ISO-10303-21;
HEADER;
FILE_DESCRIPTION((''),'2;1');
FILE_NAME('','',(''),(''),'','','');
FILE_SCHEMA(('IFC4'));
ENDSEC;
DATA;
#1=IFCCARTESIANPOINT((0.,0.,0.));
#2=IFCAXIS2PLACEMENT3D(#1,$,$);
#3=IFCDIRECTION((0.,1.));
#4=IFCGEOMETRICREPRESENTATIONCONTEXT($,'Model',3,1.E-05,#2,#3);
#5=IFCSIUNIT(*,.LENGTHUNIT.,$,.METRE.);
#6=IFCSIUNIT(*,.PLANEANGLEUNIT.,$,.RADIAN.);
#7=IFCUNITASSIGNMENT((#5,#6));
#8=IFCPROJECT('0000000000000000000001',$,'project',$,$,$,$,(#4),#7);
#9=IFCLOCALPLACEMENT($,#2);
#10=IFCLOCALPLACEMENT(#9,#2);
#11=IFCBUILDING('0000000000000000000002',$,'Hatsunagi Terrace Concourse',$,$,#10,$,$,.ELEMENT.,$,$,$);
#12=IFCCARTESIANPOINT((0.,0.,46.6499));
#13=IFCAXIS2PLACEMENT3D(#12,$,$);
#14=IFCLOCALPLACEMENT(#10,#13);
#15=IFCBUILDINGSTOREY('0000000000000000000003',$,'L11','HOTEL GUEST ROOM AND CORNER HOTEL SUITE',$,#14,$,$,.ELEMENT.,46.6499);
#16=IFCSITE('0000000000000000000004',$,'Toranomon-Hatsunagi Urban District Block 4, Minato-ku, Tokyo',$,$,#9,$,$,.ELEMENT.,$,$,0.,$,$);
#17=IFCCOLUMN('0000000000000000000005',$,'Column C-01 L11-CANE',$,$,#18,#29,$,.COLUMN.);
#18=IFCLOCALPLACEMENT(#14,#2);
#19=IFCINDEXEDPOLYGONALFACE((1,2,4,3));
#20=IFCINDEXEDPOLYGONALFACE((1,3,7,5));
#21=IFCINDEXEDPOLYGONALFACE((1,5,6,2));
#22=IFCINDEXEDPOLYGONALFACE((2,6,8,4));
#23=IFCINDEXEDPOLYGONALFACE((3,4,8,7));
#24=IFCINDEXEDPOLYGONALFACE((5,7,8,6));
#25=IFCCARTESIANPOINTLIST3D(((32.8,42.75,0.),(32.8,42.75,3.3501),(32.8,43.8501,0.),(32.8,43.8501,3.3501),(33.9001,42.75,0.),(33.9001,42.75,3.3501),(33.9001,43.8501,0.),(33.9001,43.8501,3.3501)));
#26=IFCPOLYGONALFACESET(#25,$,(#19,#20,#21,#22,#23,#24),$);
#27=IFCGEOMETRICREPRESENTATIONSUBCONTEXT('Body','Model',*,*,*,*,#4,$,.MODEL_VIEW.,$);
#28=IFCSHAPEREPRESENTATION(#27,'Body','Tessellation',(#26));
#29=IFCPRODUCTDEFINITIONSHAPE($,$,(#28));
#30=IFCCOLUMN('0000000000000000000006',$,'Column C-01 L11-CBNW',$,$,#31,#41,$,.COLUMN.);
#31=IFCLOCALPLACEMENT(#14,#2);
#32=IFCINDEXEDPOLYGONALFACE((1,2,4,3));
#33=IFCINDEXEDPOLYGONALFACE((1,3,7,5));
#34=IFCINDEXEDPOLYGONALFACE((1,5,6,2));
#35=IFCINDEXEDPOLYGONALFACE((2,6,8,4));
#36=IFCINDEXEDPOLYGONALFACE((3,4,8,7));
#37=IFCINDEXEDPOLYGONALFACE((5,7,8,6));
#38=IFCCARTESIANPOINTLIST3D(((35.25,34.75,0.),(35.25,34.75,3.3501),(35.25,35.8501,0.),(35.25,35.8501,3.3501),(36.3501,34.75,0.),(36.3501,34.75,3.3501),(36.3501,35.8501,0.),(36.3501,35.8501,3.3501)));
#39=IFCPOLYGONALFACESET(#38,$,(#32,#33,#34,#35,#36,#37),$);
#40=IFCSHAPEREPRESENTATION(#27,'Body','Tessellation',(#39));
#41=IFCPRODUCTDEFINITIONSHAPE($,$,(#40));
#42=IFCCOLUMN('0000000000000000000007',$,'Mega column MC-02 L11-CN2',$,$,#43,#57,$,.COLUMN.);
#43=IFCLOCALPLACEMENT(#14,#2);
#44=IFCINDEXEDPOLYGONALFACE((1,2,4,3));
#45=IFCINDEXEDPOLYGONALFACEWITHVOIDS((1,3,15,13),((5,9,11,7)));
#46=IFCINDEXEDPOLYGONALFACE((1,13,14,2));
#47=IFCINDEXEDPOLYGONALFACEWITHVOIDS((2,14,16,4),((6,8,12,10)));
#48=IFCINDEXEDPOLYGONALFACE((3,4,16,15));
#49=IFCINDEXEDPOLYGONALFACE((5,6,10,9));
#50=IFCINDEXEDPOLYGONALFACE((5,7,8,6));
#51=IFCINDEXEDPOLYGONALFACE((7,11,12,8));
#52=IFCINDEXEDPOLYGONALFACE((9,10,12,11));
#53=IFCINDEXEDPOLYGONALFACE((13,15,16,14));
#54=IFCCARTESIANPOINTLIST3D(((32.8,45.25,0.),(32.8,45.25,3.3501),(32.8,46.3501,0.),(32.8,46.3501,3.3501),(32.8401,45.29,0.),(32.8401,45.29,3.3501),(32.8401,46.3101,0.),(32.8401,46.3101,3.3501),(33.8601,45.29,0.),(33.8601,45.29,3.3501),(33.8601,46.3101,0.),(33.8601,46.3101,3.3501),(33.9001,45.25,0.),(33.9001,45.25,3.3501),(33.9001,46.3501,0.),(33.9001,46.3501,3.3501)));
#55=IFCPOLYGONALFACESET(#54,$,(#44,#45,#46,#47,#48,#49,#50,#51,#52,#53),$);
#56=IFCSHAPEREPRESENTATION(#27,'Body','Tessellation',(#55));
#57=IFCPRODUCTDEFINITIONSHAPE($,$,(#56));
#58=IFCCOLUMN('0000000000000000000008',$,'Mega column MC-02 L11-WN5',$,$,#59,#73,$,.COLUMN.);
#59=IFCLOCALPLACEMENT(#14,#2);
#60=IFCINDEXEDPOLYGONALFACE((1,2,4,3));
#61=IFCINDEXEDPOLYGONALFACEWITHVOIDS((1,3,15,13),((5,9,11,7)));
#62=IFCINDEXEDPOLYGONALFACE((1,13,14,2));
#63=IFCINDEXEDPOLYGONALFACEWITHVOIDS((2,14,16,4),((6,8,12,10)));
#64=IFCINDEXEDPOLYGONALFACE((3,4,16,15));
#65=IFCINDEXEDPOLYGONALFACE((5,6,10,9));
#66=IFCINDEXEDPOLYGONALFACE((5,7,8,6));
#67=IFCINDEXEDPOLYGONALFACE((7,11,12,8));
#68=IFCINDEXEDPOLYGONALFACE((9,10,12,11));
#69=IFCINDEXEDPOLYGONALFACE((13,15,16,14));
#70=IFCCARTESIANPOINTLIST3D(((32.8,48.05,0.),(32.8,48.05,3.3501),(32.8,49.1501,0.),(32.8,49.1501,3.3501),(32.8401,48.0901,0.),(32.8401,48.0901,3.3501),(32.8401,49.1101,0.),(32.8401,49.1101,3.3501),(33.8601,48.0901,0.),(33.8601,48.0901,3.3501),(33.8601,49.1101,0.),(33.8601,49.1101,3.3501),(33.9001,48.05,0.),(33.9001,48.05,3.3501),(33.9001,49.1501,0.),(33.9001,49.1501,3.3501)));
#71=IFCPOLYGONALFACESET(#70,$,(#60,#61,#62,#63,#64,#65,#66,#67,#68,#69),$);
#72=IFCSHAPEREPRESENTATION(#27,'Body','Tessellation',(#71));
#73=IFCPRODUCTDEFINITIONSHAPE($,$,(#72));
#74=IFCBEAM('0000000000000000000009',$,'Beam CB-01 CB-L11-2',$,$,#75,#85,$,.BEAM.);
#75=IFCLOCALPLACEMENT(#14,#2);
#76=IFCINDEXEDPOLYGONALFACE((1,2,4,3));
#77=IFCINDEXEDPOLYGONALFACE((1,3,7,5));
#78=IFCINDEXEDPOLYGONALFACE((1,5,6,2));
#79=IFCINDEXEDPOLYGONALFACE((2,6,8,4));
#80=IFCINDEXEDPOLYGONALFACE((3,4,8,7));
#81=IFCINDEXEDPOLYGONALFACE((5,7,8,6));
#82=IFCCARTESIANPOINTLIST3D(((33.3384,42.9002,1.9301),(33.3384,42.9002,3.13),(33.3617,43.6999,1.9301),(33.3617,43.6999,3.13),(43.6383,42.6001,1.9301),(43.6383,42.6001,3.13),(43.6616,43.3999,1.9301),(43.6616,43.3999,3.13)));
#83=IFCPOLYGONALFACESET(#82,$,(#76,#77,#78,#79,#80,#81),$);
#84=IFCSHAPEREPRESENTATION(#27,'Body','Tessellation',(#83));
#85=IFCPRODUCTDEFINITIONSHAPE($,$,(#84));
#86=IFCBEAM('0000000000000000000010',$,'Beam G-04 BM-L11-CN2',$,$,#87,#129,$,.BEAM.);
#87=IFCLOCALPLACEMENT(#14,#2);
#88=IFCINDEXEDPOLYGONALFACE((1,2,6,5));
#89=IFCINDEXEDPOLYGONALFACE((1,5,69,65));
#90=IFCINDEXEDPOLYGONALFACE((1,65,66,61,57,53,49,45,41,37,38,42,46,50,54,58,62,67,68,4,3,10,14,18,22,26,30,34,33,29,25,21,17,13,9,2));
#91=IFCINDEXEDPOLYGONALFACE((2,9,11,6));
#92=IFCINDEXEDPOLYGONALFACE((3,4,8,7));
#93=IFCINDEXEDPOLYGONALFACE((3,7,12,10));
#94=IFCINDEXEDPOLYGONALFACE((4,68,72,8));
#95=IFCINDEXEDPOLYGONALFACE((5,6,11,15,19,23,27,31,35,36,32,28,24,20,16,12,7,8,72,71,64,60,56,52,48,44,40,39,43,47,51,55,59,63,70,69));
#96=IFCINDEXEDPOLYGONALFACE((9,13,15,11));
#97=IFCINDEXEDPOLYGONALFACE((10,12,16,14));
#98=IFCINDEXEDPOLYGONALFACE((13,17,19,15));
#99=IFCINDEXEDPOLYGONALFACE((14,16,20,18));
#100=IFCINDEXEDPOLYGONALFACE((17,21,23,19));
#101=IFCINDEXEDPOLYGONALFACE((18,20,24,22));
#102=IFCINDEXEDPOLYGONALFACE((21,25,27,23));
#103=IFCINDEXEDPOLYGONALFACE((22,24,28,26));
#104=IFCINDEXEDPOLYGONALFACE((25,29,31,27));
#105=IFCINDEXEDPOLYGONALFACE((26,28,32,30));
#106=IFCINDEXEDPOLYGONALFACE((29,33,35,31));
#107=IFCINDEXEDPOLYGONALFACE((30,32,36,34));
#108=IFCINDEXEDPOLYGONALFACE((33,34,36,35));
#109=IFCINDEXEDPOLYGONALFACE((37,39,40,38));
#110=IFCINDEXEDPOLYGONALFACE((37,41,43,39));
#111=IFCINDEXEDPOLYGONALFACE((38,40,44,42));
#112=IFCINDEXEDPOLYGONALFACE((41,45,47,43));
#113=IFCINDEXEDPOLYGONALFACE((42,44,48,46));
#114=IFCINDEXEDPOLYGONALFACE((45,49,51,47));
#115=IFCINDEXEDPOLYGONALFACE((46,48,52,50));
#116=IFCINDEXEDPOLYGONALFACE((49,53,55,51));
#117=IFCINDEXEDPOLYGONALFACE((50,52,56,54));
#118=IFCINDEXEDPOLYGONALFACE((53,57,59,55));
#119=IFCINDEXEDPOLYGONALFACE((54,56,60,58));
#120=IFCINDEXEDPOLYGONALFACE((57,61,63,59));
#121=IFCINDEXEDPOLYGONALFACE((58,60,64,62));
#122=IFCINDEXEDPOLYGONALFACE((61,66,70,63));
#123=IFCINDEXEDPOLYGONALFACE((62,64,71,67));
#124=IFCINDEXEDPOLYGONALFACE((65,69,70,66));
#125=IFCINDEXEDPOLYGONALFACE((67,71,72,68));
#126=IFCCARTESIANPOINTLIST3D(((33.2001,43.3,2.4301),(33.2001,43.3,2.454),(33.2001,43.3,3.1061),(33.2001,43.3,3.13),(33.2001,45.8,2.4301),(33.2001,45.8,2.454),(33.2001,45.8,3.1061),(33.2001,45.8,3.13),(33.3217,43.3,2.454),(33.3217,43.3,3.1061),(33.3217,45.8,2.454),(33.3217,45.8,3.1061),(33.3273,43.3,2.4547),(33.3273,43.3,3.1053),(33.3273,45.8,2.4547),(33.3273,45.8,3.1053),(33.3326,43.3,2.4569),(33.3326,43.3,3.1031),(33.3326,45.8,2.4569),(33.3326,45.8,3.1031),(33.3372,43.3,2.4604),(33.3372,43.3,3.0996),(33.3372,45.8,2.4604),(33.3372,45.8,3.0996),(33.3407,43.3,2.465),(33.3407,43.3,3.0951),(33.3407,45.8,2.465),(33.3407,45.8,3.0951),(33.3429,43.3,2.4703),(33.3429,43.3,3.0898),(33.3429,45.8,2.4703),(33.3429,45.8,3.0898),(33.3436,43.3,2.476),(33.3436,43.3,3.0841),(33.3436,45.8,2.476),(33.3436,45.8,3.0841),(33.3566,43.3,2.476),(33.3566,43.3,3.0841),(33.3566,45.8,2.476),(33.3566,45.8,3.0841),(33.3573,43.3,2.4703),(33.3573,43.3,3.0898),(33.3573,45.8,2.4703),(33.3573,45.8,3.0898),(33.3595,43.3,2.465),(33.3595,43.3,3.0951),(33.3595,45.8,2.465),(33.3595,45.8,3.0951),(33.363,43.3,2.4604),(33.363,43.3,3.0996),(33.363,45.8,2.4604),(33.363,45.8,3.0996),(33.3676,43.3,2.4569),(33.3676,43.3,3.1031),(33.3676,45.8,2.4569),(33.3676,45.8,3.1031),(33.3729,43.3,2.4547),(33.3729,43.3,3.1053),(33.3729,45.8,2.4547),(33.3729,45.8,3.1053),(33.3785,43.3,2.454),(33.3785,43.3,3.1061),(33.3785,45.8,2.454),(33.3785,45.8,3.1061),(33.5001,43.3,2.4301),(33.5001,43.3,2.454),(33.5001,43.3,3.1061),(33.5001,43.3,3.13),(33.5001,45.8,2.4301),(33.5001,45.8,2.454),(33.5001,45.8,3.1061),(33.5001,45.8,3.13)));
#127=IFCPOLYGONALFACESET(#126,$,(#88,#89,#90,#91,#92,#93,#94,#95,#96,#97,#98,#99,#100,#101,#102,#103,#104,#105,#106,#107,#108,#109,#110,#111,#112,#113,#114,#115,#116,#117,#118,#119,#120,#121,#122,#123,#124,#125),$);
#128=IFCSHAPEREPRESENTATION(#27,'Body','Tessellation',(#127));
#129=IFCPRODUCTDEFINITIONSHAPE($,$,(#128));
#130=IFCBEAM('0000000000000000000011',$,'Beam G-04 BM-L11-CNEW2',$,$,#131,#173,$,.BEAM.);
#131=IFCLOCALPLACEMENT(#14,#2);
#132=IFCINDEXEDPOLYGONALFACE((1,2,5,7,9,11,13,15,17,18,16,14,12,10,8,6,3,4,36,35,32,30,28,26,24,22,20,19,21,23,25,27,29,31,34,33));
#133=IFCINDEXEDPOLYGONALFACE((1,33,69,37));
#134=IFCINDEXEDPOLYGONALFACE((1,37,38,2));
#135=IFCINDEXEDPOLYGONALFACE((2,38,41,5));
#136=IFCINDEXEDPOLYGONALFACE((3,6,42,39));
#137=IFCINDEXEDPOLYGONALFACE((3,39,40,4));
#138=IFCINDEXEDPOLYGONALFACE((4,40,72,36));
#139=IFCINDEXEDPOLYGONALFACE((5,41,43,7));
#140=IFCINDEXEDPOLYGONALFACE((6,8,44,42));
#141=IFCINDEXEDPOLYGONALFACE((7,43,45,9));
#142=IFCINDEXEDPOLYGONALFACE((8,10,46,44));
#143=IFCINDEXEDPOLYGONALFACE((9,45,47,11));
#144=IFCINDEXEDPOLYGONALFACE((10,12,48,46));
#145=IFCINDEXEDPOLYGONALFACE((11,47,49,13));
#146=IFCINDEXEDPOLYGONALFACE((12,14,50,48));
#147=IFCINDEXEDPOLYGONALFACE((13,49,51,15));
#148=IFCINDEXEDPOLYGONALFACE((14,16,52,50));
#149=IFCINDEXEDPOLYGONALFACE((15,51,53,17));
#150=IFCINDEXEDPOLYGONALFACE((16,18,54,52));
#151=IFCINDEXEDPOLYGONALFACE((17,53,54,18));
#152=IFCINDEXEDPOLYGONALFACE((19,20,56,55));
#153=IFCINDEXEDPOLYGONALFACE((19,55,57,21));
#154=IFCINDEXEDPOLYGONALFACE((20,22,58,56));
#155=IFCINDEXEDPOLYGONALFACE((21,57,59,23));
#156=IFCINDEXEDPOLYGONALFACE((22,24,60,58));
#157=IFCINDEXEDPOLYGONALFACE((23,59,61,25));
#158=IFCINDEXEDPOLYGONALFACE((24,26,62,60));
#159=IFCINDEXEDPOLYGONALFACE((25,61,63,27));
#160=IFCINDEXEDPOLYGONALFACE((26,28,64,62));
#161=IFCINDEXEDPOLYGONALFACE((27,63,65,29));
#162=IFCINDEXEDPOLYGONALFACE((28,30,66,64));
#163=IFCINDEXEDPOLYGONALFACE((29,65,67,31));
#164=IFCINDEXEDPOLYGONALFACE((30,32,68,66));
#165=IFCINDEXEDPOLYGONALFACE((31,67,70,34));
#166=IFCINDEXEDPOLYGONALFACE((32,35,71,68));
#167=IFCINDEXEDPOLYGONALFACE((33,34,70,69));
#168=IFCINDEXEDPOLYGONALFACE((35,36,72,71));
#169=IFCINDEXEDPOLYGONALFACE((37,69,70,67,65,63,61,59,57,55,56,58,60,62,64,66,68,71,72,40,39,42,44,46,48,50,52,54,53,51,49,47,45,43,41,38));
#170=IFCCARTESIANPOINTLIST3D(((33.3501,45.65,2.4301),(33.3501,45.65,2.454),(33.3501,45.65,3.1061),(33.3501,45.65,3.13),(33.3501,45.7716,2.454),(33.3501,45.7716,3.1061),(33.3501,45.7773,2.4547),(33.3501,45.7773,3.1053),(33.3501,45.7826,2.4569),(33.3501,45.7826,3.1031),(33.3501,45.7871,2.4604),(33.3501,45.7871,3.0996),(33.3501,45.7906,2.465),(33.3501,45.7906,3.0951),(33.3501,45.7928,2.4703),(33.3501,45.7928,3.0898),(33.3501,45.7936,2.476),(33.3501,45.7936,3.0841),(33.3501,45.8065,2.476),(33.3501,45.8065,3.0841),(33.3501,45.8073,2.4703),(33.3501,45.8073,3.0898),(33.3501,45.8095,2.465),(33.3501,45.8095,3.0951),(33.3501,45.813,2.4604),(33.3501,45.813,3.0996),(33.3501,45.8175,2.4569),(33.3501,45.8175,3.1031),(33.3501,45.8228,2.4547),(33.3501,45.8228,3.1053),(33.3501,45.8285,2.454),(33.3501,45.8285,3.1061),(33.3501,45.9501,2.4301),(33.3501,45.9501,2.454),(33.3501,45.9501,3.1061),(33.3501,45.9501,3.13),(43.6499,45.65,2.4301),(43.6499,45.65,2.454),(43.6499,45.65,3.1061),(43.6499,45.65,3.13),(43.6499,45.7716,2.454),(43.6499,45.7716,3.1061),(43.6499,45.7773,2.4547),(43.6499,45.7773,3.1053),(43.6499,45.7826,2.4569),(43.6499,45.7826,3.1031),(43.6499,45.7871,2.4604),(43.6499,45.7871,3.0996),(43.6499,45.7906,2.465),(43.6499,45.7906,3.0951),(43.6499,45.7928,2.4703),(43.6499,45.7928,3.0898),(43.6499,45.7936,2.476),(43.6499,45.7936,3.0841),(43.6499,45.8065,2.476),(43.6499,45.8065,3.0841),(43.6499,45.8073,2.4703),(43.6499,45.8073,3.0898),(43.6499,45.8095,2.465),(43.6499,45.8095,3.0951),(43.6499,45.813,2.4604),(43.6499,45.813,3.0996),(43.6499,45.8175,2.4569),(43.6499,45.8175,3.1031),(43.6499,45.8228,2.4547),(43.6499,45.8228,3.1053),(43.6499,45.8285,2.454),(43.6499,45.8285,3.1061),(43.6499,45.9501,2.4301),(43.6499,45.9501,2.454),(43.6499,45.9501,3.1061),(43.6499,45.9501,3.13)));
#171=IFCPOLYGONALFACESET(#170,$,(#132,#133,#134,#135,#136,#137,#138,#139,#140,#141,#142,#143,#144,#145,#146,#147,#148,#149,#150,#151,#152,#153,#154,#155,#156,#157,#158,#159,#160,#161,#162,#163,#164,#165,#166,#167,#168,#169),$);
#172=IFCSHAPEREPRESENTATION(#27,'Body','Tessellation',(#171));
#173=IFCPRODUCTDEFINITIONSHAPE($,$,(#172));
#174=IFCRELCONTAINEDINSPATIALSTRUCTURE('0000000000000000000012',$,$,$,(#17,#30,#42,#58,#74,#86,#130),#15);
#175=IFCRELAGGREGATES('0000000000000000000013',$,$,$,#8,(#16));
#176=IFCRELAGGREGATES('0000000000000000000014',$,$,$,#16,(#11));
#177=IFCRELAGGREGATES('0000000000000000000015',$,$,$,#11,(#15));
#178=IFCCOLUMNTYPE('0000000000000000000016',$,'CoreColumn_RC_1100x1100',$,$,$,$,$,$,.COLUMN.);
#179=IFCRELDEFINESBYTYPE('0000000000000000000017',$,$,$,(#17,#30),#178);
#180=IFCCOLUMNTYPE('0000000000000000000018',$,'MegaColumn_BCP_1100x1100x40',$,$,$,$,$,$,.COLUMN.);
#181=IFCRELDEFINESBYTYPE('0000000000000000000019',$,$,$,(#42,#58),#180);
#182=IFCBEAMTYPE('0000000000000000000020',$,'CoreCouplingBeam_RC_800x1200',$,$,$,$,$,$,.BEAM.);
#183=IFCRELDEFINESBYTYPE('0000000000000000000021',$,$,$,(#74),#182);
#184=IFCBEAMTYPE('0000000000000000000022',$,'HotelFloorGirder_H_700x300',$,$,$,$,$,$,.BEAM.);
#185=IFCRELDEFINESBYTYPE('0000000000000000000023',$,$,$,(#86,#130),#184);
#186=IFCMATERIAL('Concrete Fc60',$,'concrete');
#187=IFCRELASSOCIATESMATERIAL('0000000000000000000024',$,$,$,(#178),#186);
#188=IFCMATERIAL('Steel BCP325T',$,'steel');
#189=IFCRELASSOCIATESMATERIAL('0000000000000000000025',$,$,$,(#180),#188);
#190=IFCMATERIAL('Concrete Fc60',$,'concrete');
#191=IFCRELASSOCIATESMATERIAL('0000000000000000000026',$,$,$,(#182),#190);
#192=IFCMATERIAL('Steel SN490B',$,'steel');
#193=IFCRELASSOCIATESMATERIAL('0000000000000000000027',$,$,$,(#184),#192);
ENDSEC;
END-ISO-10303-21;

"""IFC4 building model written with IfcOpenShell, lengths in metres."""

from ifc_helpers import new_model, si_unit, direction, frame, origin, origin_2d, place, context, subcontext, project, spatial, rectangle, hollow_rectangle, i_section, extrude, material, material_profile, profile_set, type_object, element, save


model = new_model("IFC4")

# Units and contexts
model_context = context("Model", 3, precision=1e-05, world=origin(), true_north=direction((0.0, 1.0)))
body_context = subcontext(model_context, "Body", "Model", "MODEL_VIEW")
ifc_project = project(units=[si_unit("LENGTHUNIT", "METRE"), si_unit("PLANEANGLEUNIT", "RADIAN")], contexts=[model_context])

# Site, building, storey
site_placement = place(None, origin())
site = spatial("IfcSite", under=ifc_project, at=site_placement, Name="Toranomon-Hatsunagi Urban District Block 4, Minato-ku, Tokyo", CompositionType="ELEMENT", RefElevation=0.0)
building_placement = place(site_placement, origin())
building = spatial("IfcBuilding", under=site, at=building_placement, Name="Hatsunagi Terrace Concourse", CompositionType="ELEMENT")
storey_placement = place(building_placement, frame((0.0, 0.0, 46.6499)))
storey = spatial("IfcBuildingStorey", under=building, at=storey_placement, Name="L11", Description="HOTEL GUEST ROOM AND CORNER HOTEL SUITE", CompositionType="ELEMENT", Elevation=46.6499)

# Columns
ifc_material_1 = material(Name="Concrete Fc60", Category="concrete")
ifc_material_profile_1 = material_profile(ifc_material_1, rectangle(XDim=1.1001, YDim=1.1001, at=origin_2d()), Name="RC-1100x1100")
ifc_profile_set_1 = profile_set([ifc_material_profile_1], Name="Concrete Fc60")
column_type_1 = type_object("IfcColumnType", Name="CoreColumn_RC_1100x1100", PredefinedType="COLUMN", material=ifc_profile_set_1)
for number, where, z_axis, x_axis, name in (
    (1, (33.3501, 43.3, 0.0), (0.0, 0.0, 1.0), (1.0, 0.0, 0.0), "Column C-01 L11-CANE"),
    (2, (35.8, 35.3, 0.0), (0.0, 0.0, 1.0), (1.0, 0.0, 0.0), "Column C-01 L11-CBNW"),
):
    element("IfcColumn", number, at=place(storey_placement, frame(where, z_axis=z_axis, x_axis=x_axis)), inside=storey, type_object=column_type_1, Name=name, PredefinedType="COLUMN", context=body_context, shape_type="SweptSolid", body=[
        extrude(rectangle(XDim=1.1001, YDim=1.1001, at=origin_2d()), origin(), (0.0, 0.0, 1.0), 3.3501),
    ])
ifc_material_2 = material(Name="Steel BCP325T", Category="steel")
ifc_material_profile_2 = material_profile(ifc_material_2, hollow_rectangle(XDim=1.1001, YDim=1.1001, WallThickness=0.04, at=origin_2d()), Name="BCP-1100x1100x40")
ifc_profile_set_2 = profile_set([ifc_material_profile_2], Name="Steel BCP325T")
column_type_2 = type_object("IfcColumnType", Name="MegaColumn_BCP_1100x1100x40", PredefinedType="COLUMN", material=ifc_profile_set_2)
for number, where, z_axis, x_axis, name in (
    (3, (33.3501, 45.8, 0.0), (0.0, 0.0, 1.0), (1.0, 0.0, 0.0), "Mega column MC-02 L11-CN2"),
    (4, (33.3501, 48.6001, 0.0), (0.0, 0.0, 1.0), (1.0, 0.0, 0.0), "Mega column MC-02 L11-WN5"),
):
    element("IfcColumn", number, at=place(storey_placement, frame(where, z_axis=z_axis, x_axis=x_axis)), inside=storey, type_object=column_type_2, Name=name, PredefinedType="COLUMN", context=body_context, shape_type="SweptSolid", body=[
        extrude(hollow_rectangle(XDim=1.1001, YDim=1.1001, WallThickness=0.04, at=origin_2d()), origin(), (0.0, 0.0, 1.0), 3.3501),
    ])

# Beams
ifc_material_3 = material(Name="Concrete Fc60", Category="concrete")
ifc_material_profile_3 = material_profile(ifc_material_3, rectangle(XDim=0.8, YDim=1.2, at=origin_2d()), Name="RC-800x1200")
ifc_profile_set_3 = profile_set([ifc_material_profile_3], Name="Concrete Fc60")
beam_type_1 = type_object("IfcBeamType", Name="CoreCouplingBeam_RC_800x1200", PredefinedType="BEAM", material=ifc_profile_set_3)
beam_1_placement = place(storey_placement, frame((33.3501, 43.3, 2.53), z_axis=(0.999576, -0.029119, 0.0), x_axis=(0.029119, 0.999576, 0.0)))
element("IfcBeam", 5, at=beam_1_placement, inside=storey, type_object=beam_type_1, Name="Beam CB-01 CB-L11-2", PredefinedType="BEAM", context=body_context, shape_type="SweptSolid", body=[
    extrude(rectangle(XDim=0.8, YDim=1.2, at=origin_2d()), origin(), (0.0, 0.0, 1.0), 10.3042),
])
ifc_material_4 = material(Name="Steel SN490B", Category="steel")
ifc_material_profile_4 = material_profile(ifc_material_4, i_section(OverallWidth=0.3, OverallDepth=0.7, WebThickness=0.0129, FlangeThickness=0.0239, FilletRadius=0.022, at=origin_2d()), Name="H-700x300x13x24")
ifc_profile_set_4 = profile_set([ifc_material_profile_4], Name="Steel SN490B")
beam_type_2 = type_object("IfcBeamType", Name="HotelFloorGirder_H_700x300", PredefinedType="BEAM", material=ifc_profile_set_4)
beam_2_placement = place(storey_placement, frame((33.3501, 43.3, 2.78), z_axis=(0.0, 1.0, 0.0), x_axis=(-1.0, 0.0, 0.0)))
element("IfcBeam", 6, at=beam_2_placement, inside=storey, type_object=beam_type_2, Name="Beam G-04 BM-L11-CN2", PredefinedType="BEAM", context=body_context, shape_type="SweptSolid", body=[
    extrude(i_section(OverallWidth=0.3, OverallDepth=0.7, WebThickness=0.0129, FlangeThickness=0.0239, FilletRadius=0.022, at=origin_2d()), origin(), (0.0, 0.0, 1.0), 2.5),
])
beam_3_placement = place(storey_placement, frame((33.3501, 45.8, 2.78), z_axis=(1.0, 0.0, 0.0), x_axis=(0.0, 1.0, 0.0)))
element("IfcBeam", 7, at=beam_3_placement, inside=storey, type_object=beam_type_2, Name="Beam G-04 BM-L11-CNEW2", PredefinedType="BEAM", context=body_context, shape_type="SweptSolid", body=[
    extrude(i_section(OverallWidth=0.3, OverallDepth=0.7, WebThickness=0.0129, FlangeThickness=0.0239, FilletRadius=0.022, at=origin_2d()), origin(), (0.0, 0.0, 1.0), 10.2998),
])

save(model, "model.ifc")
